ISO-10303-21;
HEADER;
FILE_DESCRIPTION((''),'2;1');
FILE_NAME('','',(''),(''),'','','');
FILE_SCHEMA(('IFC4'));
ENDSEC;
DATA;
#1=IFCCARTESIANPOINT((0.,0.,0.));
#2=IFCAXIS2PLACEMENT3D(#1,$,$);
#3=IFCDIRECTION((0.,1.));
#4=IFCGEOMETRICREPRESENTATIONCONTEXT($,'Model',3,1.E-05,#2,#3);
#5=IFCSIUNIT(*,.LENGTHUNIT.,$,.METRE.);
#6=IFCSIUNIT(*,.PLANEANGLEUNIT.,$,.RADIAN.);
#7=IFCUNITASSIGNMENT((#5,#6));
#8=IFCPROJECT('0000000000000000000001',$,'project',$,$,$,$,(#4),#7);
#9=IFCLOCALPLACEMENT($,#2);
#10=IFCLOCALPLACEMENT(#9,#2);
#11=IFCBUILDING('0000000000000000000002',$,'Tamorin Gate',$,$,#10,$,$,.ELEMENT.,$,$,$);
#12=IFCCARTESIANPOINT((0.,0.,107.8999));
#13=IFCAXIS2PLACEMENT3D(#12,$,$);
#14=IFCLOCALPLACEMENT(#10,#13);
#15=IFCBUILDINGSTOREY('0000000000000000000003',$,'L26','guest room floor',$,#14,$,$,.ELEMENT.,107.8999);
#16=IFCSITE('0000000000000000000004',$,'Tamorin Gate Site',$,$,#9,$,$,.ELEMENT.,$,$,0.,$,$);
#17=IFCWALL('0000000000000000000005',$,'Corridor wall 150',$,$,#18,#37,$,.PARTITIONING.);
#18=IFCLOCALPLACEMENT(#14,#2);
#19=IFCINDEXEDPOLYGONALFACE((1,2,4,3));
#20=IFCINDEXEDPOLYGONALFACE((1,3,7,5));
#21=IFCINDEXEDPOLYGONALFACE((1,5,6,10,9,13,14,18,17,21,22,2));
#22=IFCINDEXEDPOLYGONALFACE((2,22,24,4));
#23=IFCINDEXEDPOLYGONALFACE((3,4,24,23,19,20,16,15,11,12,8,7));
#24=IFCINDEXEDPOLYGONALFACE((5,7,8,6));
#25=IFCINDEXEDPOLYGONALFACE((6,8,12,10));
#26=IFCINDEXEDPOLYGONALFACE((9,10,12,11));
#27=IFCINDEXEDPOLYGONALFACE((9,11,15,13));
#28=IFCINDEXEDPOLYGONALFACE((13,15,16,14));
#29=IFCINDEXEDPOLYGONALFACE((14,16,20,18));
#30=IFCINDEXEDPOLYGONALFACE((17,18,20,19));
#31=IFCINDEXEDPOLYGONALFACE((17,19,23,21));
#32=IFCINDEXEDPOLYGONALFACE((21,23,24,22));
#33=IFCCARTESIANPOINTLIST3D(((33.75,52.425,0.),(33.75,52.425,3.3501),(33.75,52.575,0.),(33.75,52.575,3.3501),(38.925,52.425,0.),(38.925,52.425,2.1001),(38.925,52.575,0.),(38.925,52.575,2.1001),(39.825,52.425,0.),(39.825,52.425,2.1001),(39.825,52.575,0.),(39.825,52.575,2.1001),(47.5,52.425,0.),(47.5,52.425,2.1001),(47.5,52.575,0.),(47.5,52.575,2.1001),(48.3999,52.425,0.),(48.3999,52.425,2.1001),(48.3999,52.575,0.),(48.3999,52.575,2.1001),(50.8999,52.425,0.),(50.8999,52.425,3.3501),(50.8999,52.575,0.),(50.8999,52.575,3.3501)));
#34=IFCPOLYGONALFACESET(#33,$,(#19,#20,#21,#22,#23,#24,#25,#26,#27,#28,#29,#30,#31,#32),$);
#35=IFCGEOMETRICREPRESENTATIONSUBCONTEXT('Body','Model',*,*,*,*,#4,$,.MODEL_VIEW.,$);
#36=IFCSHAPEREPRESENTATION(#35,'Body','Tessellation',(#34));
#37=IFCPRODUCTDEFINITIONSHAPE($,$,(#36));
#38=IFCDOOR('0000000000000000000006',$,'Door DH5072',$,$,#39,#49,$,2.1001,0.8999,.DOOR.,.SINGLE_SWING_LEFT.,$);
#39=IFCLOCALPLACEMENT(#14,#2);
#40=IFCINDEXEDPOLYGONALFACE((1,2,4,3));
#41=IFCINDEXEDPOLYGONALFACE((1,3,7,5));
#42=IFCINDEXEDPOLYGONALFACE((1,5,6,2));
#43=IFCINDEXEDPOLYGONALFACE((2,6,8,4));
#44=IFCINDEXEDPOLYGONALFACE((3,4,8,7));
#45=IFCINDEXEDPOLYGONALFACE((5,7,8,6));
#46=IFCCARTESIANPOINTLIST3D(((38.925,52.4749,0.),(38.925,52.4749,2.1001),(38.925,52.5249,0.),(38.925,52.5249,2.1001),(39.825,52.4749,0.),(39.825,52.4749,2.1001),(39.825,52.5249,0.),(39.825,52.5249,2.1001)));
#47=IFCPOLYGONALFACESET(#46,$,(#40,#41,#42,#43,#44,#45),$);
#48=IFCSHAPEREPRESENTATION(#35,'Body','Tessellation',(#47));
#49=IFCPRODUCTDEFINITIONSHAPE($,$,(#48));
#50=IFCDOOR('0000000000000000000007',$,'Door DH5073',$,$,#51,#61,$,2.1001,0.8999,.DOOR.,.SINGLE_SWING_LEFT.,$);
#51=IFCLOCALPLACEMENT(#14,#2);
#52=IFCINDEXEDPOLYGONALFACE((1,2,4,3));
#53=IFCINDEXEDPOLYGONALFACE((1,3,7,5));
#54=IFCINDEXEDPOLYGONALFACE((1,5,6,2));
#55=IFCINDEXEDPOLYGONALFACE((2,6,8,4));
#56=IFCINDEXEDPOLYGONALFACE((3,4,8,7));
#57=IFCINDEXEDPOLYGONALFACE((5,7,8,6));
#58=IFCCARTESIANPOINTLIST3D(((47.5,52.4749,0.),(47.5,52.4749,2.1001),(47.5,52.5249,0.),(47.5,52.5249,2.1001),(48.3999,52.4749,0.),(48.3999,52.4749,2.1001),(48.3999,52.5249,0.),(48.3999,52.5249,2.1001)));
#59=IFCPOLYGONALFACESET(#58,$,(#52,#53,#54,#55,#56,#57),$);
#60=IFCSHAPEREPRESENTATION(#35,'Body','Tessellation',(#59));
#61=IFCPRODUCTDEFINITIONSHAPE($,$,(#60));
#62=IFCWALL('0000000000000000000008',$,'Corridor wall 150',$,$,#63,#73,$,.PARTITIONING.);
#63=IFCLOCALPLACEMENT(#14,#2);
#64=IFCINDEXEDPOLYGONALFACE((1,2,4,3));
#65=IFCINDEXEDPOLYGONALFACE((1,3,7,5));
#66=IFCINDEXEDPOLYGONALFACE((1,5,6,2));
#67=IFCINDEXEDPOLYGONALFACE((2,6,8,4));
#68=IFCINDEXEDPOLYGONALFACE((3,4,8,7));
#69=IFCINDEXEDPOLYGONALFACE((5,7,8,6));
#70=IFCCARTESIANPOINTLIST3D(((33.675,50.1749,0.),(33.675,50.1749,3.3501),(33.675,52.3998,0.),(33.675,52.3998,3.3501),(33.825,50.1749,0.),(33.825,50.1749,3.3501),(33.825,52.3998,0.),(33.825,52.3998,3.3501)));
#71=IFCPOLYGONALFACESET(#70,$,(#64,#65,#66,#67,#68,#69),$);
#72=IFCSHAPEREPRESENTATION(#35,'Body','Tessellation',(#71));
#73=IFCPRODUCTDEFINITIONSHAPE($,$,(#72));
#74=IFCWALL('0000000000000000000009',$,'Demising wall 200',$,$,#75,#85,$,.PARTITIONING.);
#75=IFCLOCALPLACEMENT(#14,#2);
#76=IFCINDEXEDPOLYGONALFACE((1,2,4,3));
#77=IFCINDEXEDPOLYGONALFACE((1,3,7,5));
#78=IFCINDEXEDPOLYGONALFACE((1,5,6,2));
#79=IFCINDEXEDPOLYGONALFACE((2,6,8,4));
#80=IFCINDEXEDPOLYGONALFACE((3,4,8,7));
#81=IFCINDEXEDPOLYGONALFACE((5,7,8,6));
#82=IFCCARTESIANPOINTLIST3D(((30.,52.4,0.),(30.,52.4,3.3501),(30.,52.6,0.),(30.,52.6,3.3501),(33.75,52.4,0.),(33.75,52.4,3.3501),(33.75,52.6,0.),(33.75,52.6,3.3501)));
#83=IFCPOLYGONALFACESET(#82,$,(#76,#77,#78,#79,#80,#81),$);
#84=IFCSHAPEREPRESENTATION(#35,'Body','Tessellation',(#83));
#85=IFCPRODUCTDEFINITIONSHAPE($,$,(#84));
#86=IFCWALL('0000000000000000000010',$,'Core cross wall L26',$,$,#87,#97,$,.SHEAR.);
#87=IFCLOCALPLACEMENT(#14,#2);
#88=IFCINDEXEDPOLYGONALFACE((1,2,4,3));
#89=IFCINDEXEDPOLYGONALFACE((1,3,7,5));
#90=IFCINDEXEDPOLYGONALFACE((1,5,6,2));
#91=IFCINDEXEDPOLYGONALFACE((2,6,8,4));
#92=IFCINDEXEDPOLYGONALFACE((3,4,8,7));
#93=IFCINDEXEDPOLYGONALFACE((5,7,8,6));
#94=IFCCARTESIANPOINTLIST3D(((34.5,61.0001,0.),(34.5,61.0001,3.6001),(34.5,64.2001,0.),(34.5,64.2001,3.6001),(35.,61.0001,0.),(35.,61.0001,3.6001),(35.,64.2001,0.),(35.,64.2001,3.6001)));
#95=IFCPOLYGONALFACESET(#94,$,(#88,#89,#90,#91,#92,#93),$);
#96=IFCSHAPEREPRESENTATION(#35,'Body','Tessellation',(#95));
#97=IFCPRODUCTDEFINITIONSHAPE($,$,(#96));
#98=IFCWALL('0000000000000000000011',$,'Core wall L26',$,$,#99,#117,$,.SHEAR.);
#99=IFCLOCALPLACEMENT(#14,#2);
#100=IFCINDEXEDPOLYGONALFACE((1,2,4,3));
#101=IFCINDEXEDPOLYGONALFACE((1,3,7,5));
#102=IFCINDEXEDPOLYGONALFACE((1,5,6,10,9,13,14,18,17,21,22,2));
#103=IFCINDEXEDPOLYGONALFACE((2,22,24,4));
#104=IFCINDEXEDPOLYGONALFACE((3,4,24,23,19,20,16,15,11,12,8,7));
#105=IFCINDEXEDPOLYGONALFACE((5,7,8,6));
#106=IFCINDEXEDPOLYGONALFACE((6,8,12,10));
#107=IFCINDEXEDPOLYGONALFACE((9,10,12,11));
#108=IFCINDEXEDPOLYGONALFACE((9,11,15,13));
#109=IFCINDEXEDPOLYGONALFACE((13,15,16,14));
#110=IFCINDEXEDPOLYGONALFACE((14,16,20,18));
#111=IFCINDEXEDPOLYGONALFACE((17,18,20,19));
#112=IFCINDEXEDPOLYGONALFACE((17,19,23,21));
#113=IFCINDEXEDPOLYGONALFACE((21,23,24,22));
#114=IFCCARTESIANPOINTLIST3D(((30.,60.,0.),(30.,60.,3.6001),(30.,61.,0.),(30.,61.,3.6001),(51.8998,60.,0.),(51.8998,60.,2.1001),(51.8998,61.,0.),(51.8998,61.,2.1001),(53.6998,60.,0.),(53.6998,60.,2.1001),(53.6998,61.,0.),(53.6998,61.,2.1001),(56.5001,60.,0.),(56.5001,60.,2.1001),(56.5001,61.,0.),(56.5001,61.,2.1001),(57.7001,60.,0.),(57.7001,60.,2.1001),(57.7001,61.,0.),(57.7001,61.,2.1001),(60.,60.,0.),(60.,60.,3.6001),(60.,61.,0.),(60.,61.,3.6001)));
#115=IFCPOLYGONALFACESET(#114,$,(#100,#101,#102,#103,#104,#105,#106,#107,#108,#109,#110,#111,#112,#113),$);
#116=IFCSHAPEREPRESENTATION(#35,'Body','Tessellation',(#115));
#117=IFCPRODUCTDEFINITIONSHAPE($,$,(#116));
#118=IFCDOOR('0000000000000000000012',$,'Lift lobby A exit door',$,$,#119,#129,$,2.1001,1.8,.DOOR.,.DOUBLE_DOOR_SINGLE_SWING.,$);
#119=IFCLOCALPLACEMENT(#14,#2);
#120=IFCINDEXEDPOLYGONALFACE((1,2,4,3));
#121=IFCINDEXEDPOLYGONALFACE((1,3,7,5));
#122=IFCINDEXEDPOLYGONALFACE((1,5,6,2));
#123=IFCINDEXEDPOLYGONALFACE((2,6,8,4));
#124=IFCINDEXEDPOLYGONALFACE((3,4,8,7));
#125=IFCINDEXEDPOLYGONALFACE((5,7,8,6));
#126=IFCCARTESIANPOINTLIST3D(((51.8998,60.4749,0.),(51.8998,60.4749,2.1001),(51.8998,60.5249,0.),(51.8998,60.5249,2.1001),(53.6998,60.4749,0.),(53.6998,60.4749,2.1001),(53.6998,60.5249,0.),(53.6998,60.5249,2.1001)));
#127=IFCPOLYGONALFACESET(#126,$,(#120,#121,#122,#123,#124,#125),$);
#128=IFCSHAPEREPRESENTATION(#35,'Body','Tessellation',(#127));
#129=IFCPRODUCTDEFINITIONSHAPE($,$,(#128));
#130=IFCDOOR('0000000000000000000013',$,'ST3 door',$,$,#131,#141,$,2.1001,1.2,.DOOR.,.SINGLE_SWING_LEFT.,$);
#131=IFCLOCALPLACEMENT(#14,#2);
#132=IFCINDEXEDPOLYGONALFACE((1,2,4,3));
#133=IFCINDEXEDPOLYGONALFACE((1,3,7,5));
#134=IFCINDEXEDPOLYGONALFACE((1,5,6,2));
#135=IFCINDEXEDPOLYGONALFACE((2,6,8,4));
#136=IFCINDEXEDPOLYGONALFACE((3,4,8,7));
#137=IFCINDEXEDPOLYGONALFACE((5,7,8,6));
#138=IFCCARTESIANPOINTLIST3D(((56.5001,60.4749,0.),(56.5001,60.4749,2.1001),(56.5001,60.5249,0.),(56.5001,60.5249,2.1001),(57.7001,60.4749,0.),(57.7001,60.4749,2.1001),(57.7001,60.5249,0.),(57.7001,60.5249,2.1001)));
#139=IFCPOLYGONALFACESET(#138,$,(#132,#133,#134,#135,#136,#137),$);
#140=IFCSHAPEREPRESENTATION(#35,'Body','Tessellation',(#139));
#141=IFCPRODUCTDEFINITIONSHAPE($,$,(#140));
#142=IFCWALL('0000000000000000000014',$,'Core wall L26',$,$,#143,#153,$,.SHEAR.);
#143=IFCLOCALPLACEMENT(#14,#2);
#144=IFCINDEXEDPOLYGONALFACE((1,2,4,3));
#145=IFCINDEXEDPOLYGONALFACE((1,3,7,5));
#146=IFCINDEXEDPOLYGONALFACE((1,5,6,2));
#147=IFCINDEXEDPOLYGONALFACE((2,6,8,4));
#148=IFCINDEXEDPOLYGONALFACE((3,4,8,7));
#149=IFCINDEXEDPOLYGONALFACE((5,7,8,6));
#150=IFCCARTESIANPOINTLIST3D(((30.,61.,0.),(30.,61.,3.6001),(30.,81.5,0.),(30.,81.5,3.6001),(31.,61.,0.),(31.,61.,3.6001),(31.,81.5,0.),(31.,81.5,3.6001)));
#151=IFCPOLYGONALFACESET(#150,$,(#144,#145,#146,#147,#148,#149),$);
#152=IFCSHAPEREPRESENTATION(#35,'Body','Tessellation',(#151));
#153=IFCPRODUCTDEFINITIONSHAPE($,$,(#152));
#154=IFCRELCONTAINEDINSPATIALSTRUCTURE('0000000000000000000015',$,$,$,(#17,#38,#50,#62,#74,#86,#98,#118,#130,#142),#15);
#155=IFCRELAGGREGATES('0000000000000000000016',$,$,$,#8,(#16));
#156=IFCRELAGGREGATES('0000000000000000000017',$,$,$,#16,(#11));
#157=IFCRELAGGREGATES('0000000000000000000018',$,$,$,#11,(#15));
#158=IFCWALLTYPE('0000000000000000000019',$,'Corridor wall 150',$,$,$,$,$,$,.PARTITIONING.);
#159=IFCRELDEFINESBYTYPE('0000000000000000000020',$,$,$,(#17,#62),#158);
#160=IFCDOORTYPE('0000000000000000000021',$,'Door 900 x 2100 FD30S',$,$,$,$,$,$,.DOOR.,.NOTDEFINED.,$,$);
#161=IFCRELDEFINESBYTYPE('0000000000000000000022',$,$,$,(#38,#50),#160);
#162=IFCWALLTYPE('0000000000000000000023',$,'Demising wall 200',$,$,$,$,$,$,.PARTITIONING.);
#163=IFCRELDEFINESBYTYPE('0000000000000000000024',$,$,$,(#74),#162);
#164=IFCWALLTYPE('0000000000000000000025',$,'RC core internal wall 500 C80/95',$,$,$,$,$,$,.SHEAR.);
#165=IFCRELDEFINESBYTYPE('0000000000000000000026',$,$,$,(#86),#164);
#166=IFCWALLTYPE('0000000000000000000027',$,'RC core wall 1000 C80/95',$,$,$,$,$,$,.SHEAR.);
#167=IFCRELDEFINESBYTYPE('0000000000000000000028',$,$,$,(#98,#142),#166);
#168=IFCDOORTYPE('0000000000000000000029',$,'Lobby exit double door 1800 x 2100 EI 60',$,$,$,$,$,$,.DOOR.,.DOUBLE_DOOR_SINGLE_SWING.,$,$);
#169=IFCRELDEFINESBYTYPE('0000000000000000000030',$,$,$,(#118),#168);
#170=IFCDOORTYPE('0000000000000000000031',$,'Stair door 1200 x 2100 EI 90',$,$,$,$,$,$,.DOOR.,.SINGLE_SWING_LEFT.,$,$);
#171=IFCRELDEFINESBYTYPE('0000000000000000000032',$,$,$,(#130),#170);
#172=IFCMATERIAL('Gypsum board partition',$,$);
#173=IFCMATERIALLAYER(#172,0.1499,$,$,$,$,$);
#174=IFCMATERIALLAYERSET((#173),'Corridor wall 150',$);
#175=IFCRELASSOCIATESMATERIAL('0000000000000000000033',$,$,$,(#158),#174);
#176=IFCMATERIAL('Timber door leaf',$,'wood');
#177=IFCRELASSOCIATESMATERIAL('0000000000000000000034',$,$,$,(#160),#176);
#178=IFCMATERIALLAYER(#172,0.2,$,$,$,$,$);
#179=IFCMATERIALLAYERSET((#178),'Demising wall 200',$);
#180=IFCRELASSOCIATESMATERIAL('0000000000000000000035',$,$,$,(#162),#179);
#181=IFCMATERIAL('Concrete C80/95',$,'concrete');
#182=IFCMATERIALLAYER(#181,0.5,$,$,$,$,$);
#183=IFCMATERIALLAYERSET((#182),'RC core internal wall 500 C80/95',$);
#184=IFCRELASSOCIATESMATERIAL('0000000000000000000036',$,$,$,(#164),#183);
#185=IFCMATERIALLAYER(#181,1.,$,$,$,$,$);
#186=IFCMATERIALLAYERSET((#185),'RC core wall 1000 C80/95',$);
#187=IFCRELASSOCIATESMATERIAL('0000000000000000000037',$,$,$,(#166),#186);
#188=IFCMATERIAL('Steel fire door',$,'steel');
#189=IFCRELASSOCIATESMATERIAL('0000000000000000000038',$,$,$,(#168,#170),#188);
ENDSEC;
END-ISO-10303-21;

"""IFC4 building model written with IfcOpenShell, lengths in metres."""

from ifc_helpers import new_model, si_unit, direction, frame, frame_2d, origin, place, context, subcontext, project, spatial, rectangle, extrude, material, layer, layer_set, type_object, element, fill, save


model = new_model("IFC4")

# Units and contexts
model_context = context("Model", 3, precision=1e-05, world=origin(), true_north=direction((0.0, 1.0)))
body_context = subcontext(model_context, "Body", "Model", "MODEL_VIEW")
ifc_project = project(units=[si_unit("LENGTHUNIT", "METRE"), si_unit("PLANEANGLEUNIT", "RADIAN")], contexts=[model_context])

# Site, building, storey
site_placement = place(None, origin())
site = spatial("IfcSite", under=ifc_project, at=site_placement, Name="Tamorin Gate Site", CompositionType="ELEMENT", RefElevation=0.0)
building_placement = place(site_placement, origin())
building = spatial("IfcBuilding", under=site, at=building_placement, Name="Tamorin Gate", CompositionType="ELEMENT")
storey_placement = place(building_placement, frame((0.0, 0.0, 107.8999)))
storey = spatial("IfcBuildingStorey", under=building, at=storey_placement, Name="L26", Description="guest room floor", CompositionType="ELEMENT", Elevation=107.8999)

# Shared definitions
ifc_material_1 = material(Name="Concrete C80/95", Category="concrete")

# Wall, openings, doors
ifc_material_2 = material(Name="Gypsum board partition")
ifc_layer_1 = layer(ifc_material_2, 0.1499)
ifc_layer_set_1 = layer_set([ifc_layer_1], Name="Corridor wall 150")
wall_type_1 = type_object("IfcWallType", Name="Corridor wall 150", PredefinedType="PARTITIONING", material=ifc_layer_set_1)
ifc_material_3 = material(Name="Timber door leaf", Category="wood")
door_type_1 = type_object("IfcDoorType", Name="Door 900 x 2100 FD30S", OperationType="NOTDEFINED", PredefinedType="DOOR", material=ifc_material_3)
wall_1_placement = place(storey_placement, frame((33.75, 52.5, 0.0), z_axis=(0.0, 0.0, 1.0), x_axis=(1.0, 0.0, 0.0)))
wall_1 = element("IfcWall", 1, at=wall_1_placement, inside=storey, type_object=wall_type_1, Name="Corridor wall 150", PredefinedType="PARTITIONING", context=body_context, shape_type="SweptSolid", body=[
    extrude(rectangle(XDim=17.1499, YDim=0.1499, at=frame_2d((8.575, 0.0))), origin(), (0.0, 0.0, 1.0), 3.3501),
])
opening_1_placement = place(wall_1_placement, frame((5.175, 0.0, 0.0)))
opening_1 = element("IfcOpeningElement", 2, at=opening_1_placement, cuts=wall_1, PredefinedType="OPENING", context=body_context, shape_type="SweptSolid", body=[
    extrude(rectangle(XDim=0.8999, YDim=2.1001, at=frame_2d((0.45, 1.05))), frame((0.0, 0.085, 0.0), z_axis=(0.0, -1.0, 0.0), x_axis=(1.0, 0.0, 0.0)), (0.0, 0.0, 1.0), 0.1699),
])
opening_2_placement = place(wall_1_placement, frame((13.75, 0.0, 0.0)))
opening_2 = element("IfcOpeningElement", 3, at=opening_2_placement, cuts=wall_1, PredefinedType="OPENING", context=body_context, shape_type="SweptSolid", body=[
    extrude(rectangle(XDim=0.8999, YDim=2.1001, at=frame_2d((0.45, 1.05))), frame((0.0, 0.085, 0.0), z_axis=(0.0, -1.0, 0.0), x_axis=(1.0, 0.0, 0.0)), (0.0, 0.0, 1.0), 0.1699),
])
door_1_placement = place(opening_1_placement, origin())
door_1 = element("IfcDoor", 4, at=door_1_placement, inside=storey, type_object=door_type_1, Name="Door DH5072", OperationType="SINGLE_SWING_LEFT", OverallHeight=2.1001, OverallWidth=0.8999, PredefinedType="DOOR", context=body_context, shape_type="SweptSolid", body=[
    extrude(rectangle(XDim=0.8999, YDim=2.1001, at=frame_2d((0.45, 1.05))), frame((0.0, 0.0249, 0.0), z_axis=(0.0, -1.0, 0.0), x_axis=(1.0, 0.0, 0.0)), (0.0, 0.0, 1.0), 0.05),
])
fill(opening_1, door_1)
door_2_placement = place(opening_2_placement, origin())
door_2 = element("IfcDoor", 5, at=door_2_placement, inside=storey, type_object=door_type_1, Name="Door DH5073", OperationType="SINGLE_SWING_LEFT", OverallHeight=2.1001, OverallWidth=0.8999, PredefinedType="DOOR", context=body_context, shape_type="SweptSolid", body=[
    extrude(rectangle(XDim=0.8999, YDim=2.1001, at=frame_2d((0.45, 1.05))), frame((0.0, 0.0249, 0.0), z_axis=(0.0, -1.0, 0.0), x_axis=(1.0, 0.0, 0.0)), (0.0, 0.0, 1.0), 0.05),
])
fill(opening_2, door_2)

# Walls
wall_2_placement = place(storey_placement, frame((33.75, 50.175, 0.0), z_axis=(0.0, 0.0, 1.0), x_axis=(0.0, 1.0, 0.0)))
element("IfcWall", 6, at=wall_2_placement, inside=storey, type_object=wall_type_1, Name="Corridor wall 150", PredefinedType="PARTITIONING", context=body_context, shape_type="SweptSolid", body=[
    extrude(rectangle(XDim=2.2249, YDim=0.1499, at=frame_2d((1.1123, 0.0))), origin(), (0.0, 0.0, 1.0), 3.3501),
])
ifc_layer_2 = layer(ifc_material_2, 0.2)
ifc_layer_set_2 = layer_set([ifc_layer_2], Name="Demising wall 200")
wall_type_2 = type_object("IfcWallType", Name="Demising wall 200", PredefinedType="PARTITIONING", material=ifc_layer_set_2)
wall_3_placement = place(storey_placement, frame((30.0, 52.5, 0.0), z_axis=(0.0, 0.0, 1.0), x_axis=(1.0, 0.0, 0.0)))
element("IfcWall", 7, at=wall_3_placement, inside=storey, type_object=wall_type_2, Name="Demising wall 200", PredefinedType="PARTITIONING", context=body_context, shape_type="SweptSolid", body=[
    extrude(rectangle(XDim=3.75, YDim=0.2, at=frame_2d((1.875, 0.0))), origin(), (0.0, 0.0, 1.0), 3.3501),
])
ifc_layer_3 = layer(ifc_material_1, 0.5)
ifc_layer_set_3 = layer_set([ifc_layer_3], Name="RC core internal wall 500 C80/95")
wall_type_3 = type_object("IfcWallType", Name="RC core internal wall 500 C80/95", PredefinedType="SHEAR", material=ifc_layer_set_3)
wall_4_placement = place(storey_placement, frame((34.75, 61.0, 0.0), z_axis=(0.0, 0.0, 1.0), x_axis=(0.0, 1.0, 0.0)))
element("IfcWall", 8, at=wall_4_placement, inside=storey, type_object=wall_type_3, Name="Core cross wall L26", PredefinedType="SHEAR", context=body_context, shape_type="SweptSolid", body=[
    extrude(rectangle(XDim=3.2, YDim=0.5, at=frame_2d((1.6001, 0.0))), origin(), (0.0, 0.0, 1.0), 3.6001),
])

# Wall, openings, doors
ifc_layer_4 = layer(ifc_material_1, 1.0)
ifc_layer_set_4 = layer_set([ifc_layer_4], Name="RC core wall 1000 C80/95")
wall_type_4 = type_object("IfcWallType", Name="RC core wall 1000 C80/95", PredefinedType="SHEAR", material=ifc_layer_set_4)
wall_5_placement = place(storey_placement, frame((30.0, 60.5, 0.0), z_axis=(0.0, 0.0, 1.0), x_axis=(1.0, 0.0, 0.0)))
wall_5 = element("IfcWall", 9, at=wall_5_placement, inside=storey, type_object=wall_type_4, Name="Core wall L26", PredefinedType="SHEAR", context=body_context, shape_type="SweptSolid", body=[
    extrude(rectangle(XDim=30.0, YDim=1.0, at=frame_2d((15.0, 0.0))), origin(), (0.0, 0.0, 1.0), 3.6001),
])
opening_3_placement = place(wall_5_placement, frame((21.8999, 0.0, 0.0)))
opening_3 = element("IfcOpeningElement", 10, at=opening_3_placement, cuts=wall_5, PredefinedType="OPENING", context=body_context, shape_type="SweptSolid", body=[
    extrude(rectangle(XDim=1.8, YDim=2.1001, at=frame_2d((0.8999, 1.05))), frame((0.0, 0.51, 0.0), z_axis=(0.0, -1.0, 0.0), x_axis=(1.0, 0.0, 0.0)), (0.0, 0.0, 1.0), 1.02),
])
opening_4_placement = place(wall_5_placement, frame((26.5, 0.0, 0.0)))
opening_4 = element("IfcOpeningElement", 11, at=opening_4_placement, cuts=wall_5, PredefinedType="OPENING", context=body_context, shape_type="SweptSolid", body=[
    extrude(rectangle(XDim=1.2, YDim=2.1001, at=frame_2d((0.6001, 1.05))), frame((0.0, 0.51, 0.0), z_axis=(0.0, -1.0, 0.0), x_axis=(1.0, 0.0, 0.0)), (0.0, 0.0, 1.0), 1.02),
])
ifc_material_4 = material(Name="Steel fire door", Category="steel")
door_type_2 = type_object("IfcDoorType", Name="Lobby exit double door 1800 x 2100 EI 60", OperationType="DOUBLE_DOOR_SINGLE_SWING", PredefinedType="DOOR", material=ifc_material_4)
door_3_placement = place(opening_3_placement, origin())
door_3 = element("IfcDoor", 12, at=door_3_placement, inside=storey, type_object=door_type_2, Name="Lift lobby A exit door", OperationType="DOUBLE_DOOR_SINGLE_SWING", OverallHeight=2.1001, OverallWidth=1.8, PredefinedType="DOOR", context=body_context, shape_type="SweptSolid", body=[
    extrude(rectangle(XDim=1.8, YDim=2.1001, at=frame_2d((0.8999, 1.05))), frame((0.0, 0.0249, 0.0), z_axis=(0.0, -1.0, 0.0), x_axis=(1.0, 0.0, 0.0)), (0.0, 0.0, 1.0), 0.05),
])
fill(opening_3, door_3)
door_type_3 = type_object("IfcDoorType", Name="Stair door 1200 x 2100 EI 90", OperationType="SINGLE_SWING_LEFT", PredefinedType="DOOR", material=ifc_material_4)
door_4_placement = place(opening_4_placement, origin())
door_4 = element("IfcDoor", 13, at=door_4_placement, inside=storey, type_object=door_type_3, Name="ST3 door", OperationType="SINGLE_SWING_LEFT", OverallHeight=2.1001, OverallWidth=1.2, PredefinedType="DOOR", context=body_context, shape_type="SweptSolid", body=[
    extrude(rectangle(XDim=1.2, YDim=2.1001, at=frame_2d((0.6001, 1.05))), frame((0.0, 0.0249, 0.0), z_axis=(0.0, -1.0, 0.0), x_axis=(1.0, 0.0, 0.0)), (0.0, 0.0, 1.0), 0.05),
])
fill(opening_4, door_4)

# Wall
wall_6_placement = place(storey_placement, frame((30.5, 61.0, 0.0), z_axis=(0.0, 0.0, 1.0), x_axis=(0.0, 1.0, 0.0)))
element("IfcWall", 14, at=wall_6_placement, inside=storey, type_object=wall_type_4, Name="Core wall L26", PredefinedType="SHEAR", context=body_context, shape_type="SweptSolid", body=[
    extrude(rectangle(XDim=20.5, YDim=1.0, at=frame_2d((10.25, 0.0))), origin(), (0.0, 0.0, 1.0), 3.6001),
])

save(model, "model.ifc")
